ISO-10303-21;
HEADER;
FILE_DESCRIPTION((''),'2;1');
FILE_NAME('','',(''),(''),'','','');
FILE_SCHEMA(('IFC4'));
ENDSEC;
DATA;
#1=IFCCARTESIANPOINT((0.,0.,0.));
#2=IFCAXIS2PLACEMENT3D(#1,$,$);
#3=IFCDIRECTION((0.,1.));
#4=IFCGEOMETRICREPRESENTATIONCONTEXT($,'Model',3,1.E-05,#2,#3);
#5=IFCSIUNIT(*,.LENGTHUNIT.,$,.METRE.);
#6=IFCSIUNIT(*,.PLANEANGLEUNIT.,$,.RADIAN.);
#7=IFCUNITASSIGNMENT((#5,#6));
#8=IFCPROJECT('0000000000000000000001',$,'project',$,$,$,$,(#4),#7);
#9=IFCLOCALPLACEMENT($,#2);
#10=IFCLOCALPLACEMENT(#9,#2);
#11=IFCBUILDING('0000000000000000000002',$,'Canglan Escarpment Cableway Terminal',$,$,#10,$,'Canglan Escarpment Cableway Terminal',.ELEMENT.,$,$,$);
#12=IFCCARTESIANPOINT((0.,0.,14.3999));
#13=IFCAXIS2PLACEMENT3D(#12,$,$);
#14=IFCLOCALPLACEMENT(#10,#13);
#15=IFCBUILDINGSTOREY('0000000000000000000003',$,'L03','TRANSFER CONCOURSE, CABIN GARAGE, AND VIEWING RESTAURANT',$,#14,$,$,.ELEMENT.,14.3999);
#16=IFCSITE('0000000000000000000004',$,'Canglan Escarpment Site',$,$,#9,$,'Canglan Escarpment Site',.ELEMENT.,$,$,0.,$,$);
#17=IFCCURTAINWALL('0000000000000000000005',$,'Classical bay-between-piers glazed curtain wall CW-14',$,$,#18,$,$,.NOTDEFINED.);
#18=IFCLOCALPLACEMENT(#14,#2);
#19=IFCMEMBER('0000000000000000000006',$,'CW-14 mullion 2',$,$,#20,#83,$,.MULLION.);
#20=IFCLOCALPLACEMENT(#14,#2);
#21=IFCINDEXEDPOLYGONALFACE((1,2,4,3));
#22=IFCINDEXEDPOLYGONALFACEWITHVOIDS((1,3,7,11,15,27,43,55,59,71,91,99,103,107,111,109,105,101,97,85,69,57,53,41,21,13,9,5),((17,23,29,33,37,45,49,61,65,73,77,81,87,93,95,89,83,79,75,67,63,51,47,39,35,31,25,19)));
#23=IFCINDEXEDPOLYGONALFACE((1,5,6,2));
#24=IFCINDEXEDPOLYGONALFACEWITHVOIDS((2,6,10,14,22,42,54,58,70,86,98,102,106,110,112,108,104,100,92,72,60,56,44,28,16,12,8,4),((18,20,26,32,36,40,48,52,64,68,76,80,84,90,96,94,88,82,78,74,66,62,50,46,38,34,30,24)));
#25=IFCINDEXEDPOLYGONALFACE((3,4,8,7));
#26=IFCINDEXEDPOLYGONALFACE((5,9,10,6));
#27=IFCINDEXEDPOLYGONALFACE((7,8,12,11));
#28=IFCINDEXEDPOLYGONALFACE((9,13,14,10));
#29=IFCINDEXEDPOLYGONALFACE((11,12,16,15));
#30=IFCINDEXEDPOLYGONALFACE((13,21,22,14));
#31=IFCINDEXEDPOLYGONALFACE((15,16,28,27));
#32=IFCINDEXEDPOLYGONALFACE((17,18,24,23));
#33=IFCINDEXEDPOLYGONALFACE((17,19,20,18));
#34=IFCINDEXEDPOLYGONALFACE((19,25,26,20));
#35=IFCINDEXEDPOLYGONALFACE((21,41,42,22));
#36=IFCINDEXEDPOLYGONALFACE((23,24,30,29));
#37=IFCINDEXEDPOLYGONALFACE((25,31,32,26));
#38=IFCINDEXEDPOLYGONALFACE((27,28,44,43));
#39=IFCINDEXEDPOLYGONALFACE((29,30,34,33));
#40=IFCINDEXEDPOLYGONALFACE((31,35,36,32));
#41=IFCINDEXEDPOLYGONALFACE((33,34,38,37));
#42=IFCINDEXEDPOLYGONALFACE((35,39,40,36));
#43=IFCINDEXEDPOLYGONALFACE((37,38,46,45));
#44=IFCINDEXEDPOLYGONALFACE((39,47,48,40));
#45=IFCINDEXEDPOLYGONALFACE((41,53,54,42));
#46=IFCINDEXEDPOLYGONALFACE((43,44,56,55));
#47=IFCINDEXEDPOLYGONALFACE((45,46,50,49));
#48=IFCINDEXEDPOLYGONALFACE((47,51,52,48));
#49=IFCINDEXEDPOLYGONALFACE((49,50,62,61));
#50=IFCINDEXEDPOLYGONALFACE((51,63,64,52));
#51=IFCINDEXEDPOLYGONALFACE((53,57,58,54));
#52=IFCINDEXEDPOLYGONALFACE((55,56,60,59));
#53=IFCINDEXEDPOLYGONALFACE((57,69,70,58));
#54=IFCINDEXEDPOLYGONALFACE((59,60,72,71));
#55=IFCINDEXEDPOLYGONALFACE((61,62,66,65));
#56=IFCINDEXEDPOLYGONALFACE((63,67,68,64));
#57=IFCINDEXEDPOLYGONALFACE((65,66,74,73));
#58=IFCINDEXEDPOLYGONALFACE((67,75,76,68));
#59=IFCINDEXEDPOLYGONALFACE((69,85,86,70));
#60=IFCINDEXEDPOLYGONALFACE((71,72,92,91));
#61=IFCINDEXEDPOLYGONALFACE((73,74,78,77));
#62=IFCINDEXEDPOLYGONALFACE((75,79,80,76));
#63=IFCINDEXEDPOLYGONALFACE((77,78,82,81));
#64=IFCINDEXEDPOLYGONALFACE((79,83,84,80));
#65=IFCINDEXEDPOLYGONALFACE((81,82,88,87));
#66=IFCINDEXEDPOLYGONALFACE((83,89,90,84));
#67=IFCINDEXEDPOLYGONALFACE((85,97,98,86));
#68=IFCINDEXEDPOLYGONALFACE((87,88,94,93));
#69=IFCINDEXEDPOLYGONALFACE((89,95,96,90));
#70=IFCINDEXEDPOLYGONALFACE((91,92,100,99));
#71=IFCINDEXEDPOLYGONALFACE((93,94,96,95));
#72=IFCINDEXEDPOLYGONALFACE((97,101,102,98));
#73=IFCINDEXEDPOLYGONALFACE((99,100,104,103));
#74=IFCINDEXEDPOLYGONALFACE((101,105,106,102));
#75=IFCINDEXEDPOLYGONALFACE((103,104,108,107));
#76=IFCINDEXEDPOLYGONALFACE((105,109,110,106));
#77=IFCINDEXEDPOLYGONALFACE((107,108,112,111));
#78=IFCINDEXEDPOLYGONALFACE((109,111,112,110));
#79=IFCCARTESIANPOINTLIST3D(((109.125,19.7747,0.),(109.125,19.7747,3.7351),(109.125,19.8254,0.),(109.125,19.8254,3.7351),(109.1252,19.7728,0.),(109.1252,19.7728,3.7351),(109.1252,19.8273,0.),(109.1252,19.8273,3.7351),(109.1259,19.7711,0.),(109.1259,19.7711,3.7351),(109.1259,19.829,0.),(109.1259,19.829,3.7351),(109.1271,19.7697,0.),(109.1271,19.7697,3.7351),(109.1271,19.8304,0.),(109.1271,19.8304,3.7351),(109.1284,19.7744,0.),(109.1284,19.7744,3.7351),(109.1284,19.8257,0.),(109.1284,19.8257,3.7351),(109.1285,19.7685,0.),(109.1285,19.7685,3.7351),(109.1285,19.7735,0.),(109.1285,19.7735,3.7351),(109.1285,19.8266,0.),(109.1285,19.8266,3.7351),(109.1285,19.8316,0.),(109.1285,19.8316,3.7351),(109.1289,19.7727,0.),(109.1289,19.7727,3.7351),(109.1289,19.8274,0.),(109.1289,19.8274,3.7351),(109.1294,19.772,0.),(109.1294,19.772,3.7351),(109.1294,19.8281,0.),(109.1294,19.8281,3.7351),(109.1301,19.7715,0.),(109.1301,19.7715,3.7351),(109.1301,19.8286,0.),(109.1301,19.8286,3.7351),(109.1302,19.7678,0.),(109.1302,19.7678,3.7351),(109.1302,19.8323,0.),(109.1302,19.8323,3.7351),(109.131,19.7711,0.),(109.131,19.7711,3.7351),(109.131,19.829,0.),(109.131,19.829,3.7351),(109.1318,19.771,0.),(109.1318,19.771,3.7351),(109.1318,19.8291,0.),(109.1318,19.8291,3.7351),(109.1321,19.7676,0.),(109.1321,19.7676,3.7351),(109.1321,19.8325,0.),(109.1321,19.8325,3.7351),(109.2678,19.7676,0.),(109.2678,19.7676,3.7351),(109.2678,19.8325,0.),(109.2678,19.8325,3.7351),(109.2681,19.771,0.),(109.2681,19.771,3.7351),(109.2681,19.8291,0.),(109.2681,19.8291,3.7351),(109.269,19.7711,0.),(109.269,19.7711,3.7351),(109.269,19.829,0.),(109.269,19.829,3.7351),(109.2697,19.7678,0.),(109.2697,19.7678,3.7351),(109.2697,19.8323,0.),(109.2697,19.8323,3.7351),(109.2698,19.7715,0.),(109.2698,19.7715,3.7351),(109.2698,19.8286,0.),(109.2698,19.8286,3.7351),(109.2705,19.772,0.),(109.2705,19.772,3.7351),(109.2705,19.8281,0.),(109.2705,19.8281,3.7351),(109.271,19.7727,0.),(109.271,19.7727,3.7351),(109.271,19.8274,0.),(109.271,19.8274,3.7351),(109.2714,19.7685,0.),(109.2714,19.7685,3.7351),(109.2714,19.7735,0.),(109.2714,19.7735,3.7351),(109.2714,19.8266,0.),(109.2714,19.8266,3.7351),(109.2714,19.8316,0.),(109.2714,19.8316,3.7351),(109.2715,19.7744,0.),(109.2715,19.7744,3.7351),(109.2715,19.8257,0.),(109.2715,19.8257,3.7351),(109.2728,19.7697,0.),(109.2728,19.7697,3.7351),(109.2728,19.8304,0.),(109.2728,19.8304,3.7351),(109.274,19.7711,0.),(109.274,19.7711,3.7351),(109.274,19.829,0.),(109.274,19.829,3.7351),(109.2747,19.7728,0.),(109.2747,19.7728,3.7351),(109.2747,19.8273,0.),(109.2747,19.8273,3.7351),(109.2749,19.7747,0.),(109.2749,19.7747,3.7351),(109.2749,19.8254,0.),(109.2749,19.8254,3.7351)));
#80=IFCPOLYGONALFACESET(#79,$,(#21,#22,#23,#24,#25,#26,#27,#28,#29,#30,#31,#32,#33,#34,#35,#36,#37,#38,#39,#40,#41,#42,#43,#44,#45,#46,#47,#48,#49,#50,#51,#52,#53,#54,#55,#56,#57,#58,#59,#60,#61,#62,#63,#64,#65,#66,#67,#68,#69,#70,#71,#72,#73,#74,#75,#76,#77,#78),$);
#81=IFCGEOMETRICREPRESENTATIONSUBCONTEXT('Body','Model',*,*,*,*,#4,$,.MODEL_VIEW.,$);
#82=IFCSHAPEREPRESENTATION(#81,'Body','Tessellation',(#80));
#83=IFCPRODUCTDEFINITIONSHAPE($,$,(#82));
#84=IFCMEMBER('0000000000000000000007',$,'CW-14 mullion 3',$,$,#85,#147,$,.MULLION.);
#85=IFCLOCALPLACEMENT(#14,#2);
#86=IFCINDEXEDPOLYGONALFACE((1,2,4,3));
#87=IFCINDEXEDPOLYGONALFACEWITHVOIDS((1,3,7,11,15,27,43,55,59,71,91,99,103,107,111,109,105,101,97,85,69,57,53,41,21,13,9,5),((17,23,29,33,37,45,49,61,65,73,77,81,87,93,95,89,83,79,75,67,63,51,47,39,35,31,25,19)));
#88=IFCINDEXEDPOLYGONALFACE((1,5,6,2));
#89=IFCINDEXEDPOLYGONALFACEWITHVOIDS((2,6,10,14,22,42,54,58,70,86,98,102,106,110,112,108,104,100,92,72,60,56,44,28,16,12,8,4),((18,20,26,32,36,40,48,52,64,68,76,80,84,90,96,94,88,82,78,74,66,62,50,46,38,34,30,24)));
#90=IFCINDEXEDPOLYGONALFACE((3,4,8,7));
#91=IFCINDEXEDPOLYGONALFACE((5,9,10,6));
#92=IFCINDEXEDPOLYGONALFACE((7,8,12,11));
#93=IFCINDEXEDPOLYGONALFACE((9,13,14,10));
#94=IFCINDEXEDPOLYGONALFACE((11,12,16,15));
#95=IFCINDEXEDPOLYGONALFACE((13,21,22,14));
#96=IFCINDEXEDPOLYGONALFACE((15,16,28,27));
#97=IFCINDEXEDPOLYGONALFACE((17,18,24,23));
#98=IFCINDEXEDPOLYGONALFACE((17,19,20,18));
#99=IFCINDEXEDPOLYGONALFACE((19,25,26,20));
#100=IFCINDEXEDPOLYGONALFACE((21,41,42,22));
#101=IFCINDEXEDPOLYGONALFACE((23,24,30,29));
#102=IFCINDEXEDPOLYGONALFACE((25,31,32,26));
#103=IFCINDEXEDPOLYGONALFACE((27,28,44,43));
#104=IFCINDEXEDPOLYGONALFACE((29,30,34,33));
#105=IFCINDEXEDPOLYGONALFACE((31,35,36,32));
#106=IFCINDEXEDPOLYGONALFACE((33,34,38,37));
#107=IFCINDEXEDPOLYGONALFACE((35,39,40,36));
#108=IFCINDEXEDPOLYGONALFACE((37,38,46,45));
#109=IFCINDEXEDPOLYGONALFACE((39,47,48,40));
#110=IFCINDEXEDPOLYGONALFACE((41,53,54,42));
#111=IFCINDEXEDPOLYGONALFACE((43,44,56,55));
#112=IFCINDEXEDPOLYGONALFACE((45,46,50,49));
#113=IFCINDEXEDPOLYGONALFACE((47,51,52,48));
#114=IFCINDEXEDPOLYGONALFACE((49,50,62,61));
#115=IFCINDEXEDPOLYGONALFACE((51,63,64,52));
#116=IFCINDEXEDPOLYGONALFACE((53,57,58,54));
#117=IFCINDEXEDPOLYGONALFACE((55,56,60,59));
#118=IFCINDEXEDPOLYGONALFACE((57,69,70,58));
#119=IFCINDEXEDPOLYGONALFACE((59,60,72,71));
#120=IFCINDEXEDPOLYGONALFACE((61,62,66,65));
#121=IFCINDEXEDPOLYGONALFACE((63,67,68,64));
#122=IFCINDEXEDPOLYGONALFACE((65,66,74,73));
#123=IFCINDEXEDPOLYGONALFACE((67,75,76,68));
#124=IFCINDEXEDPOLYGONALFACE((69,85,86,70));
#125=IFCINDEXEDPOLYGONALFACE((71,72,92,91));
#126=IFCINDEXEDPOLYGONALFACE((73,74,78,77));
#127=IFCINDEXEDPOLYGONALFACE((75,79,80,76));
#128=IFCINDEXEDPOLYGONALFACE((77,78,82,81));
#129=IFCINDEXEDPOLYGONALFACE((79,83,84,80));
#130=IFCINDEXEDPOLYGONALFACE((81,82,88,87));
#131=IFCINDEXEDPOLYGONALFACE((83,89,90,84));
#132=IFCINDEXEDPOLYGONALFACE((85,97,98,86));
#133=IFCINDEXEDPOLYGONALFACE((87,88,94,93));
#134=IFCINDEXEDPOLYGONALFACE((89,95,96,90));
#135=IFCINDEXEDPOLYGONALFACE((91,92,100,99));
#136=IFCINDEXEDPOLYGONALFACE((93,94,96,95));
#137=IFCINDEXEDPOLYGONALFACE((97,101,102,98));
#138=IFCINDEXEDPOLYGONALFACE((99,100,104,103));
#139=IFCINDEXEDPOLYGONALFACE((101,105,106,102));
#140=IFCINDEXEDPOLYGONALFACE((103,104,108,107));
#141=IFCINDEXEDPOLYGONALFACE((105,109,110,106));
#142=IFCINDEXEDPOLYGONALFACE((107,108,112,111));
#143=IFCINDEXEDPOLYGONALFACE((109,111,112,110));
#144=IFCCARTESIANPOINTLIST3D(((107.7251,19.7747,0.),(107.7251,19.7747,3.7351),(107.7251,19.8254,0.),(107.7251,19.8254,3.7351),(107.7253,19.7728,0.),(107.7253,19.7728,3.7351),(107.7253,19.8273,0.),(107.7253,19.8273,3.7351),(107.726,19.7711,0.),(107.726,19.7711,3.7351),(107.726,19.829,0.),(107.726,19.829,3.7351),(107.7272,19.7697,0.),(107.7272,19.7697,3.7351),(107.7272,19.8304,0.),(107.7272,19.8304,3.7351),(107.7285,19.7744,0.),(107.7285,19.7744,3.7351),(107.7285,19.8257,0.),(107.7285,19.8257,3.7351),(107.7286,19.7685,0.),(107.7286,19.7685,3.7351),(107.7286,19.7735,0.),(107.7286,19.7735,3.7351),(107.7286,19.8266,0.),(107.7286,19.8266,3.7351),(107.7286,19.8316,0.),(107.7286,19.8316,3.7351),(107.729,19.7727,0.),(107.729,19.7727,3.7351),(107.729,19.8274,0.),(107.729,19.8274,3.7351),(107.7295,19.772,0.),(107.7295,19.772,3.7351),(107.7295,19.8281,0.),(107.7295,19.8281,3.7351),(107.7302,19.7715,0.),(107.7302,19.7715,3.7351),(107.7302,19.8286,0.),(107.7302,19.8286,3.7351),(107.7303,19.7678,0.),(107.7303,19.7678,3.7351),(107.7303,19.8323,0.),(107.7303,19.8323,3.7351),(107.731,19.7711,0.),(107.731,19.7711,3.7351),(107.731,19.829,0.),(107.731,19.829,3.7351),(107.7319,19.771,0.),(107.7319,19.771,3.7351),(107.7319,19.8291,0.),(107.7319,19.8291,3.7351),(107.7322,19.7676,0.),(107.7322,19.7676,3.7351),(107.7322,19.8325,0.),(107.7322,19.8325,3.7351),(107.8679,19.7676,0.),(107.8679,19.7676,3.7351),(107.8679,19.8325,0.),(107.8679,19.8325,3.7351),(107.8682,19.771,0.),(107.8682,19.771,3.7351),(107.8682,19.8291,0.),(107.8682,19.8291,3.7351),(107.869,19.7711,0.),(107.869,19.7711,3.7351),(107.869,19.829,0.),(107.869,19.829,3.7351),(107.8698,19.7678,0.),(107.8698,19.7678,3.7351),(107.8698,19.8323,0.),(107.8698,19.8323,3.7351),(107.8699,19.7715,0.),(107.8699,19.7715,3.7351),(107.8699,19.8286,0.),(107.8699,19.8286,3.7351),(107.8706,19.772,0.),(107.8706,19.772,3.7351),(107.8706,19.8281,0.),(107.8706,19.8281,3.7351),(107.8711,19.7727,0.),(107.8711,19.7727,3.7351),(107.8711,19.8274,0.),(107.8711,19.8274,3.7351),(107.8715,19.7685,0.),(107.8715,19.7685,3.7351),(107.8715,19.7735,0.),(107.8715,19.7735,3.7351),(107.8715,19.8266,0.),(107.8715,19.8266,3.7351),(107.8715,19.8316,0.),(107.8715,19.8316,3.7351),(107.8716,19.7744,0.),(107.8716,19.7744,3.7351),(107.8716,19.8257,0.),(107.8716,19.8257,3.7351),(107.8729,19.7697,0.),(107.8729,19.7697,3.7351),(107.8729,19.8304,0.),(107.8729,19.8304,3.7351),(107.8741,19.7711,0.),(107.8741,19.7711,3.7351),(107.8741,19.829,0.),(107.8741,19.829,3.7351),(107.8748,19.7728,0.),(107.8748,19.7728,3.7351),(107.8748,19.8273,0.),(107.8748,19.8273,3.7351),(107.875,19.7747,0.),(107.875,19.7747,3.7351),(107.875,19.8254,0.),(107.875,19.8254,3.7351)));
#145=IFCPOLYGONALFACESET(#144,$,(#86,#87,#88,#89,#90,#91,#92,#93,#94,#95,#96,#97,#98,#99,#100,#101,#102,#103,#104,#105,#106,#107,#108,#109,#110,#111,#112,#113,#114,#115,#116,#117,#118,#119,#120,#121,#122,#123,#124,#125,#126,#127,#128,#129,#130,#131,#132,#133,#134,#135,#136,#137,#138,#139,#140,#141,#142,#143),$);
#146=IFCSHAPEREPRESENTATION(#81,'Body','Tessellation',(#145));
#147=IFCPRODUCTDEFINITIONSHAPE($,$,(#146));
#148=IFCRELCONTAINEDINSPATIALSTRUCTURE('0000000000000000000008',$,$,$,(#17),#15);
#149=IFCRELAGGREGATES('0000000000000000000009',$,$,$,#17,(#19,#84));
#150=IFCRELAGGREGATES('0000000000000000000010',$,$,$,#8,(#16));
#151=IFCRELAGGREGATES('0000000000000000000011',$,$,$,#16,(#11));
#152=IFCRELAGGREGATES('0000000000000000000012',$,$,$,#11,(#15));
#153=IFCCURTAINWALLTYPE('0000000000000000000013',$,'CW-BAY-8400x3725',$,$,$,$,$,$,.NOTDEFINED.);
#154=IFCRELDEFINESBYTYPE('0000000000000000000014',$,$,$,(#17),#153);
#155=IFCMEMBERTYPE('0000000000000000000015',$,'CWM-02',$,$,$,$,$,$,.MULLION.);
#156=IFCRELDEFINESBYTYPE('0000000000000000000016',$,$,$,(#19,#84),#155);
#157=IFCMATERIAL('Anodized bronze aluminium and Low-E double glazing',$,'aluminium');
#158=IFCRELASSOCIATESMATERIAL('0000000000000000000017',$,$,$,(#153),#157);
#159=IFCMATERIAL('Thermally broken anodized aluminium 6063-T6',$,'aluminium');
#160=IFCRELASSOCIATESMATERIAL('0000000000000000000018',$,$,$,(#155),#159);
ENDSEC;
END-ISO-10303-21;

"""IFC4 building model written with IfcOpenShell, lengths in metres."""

from ifc_helpers import new_model, si_unit, direction, frame, origin, origin_2d, place, context, subcontext, project, spatial, hollow_rectangle, extrude, material, material_profile, profile_set, type_object, element, aggregate, save


model = new_model("IFC4")

# Units and contexts
model_context = context("Model", 3, precision=1e-05, world=origin(), true_north=direction((0.0, 1.0)))
body_context = subcontext(model_context, "Body", "Model", "MODEL_VIEW")
ifc_project = project(units=[si_unit("LENGTHUNIT", "METRE"), si_unit("PLANEANGLEUNIT", "RADIAN")], contexts=[model_context])

# Site, building, storey
site_placement = place(None, origin())
site = spatial("IfcSite", under=ifc_project, at=site_placement, Name="Canglan Escarpment Site", LongName="Canglan Escarpment Site", CompositionType="ELEMENT", RefElevation=0.0)
building_placement = place(site_placement, origin())
building = spatial("IfcBuilding", under=site, at=building_placement, Name="Canglan Escarpment Cableway Terminal", LongName="Canglan Escarpment Cableway Terminal", CompositionType="ELEMENT")
storey_placement = place(building_placement, frame((0.0, 0.0, 14.3999)))
storey = spatial("IfcBuildingStorey", under=building, at=storey_placement, Name="L03", Description="TRANSFER CONCOURSE, CABIN GARAGE, AND VIEWING RESTAURANT", CompositionType="ELEMENT", Elevation=14.3999)

# Curtain wall, members
ifc_material_1 = material(Name="Anodized bronze aluminium and Low-E double glazing", Category="aluminium")
curtain_wall_type = type_object("IfcCurtainWallType", Name="CW-BAY-8400x3725", PredefinedType="NOTDEFINED", material=ifc_material_1)
curtain_wall_placement = place(storey_placement, origin())
curtain_wall = element("IfcCurtainWall", 1, at=curtain_wall_placement, inside=storey, type_object=curtain_wall_type, Name="Classical bay-between-piers glazed curtain wall CW-14", PredefinedType="NOTDEFINED")
ifc_material_2 = material(Name="Thermally broken anodized aluminium 6063-T6", Category="aluminium")
ifc_material_profile_1 = material_profile(ifc_material_2, hollow_rectangle(XDim=0.0649, YDim=0.1499, WallThickness=0.0034, InnerFilletRadius=0.0034, OuterFilletRadius=0.0071, at=origin_2d()), Name="ALU-MULL 65x150x3.5")
ifc_profile_set_1 = profile_set([ifc_material_profile_1], Name="Thermally broken anodized aluminium 6063-T6")
member_type_1 = type_object("IfcMemberType", Name="CWM-02", PredefinedType="MULLION", material=ifc_profile_set_1)
member_1_placement = place(storey_placement, frame((109.2, 19.8, 0.0), z_axis=(0.0, 0.0, 1.0), x_axis=(0.0, -1.0, 0.0)))
member_1 = element("IfcMember", 2, at=member_1_placement, type_object=member_type_1, Name="CW-14 mullion 2", PredefinedType="MULLION", context=body_context, shape_type="SweptSolid", body=[
    extrude(hollow_rectangle(XDim=0.0649, YDim=0.1499, WallThickness=0.0034, InnerFilletRadius=0.0034, OuterFilletRadius=0.0071, at=origin_2d()), origin(), (0.0, 0.0, 1.0), 3.7351),
])
member_2_placement = place(storey_placement, frame((107.8, 19.8, 0.0), z_axis=(0.0, 0.0, 1.0), x_axis=(0.0, -1.0, 0.0)))
member_2 = element("IfcMember", 3, at=member_2_placement, type_object=member_type_1, Name="CW-14 mullion 3", PredefinedType="MULLION", context=body_context, shape_type="SweptSolid", body=[
    extrude(hollow_rectangle(XDim=0.0649, YDim=0.1499, WallThickness=0.0034, InnerFilletRadius=0.0034, OuterFilletRadius=0.0071, at=origin_2d()), origin(), (0.0, 0.0, 1.0), 3.7351),
])
aggregate(curtain_wall, [member_1, member_2])

save(model, "model.ifc")
